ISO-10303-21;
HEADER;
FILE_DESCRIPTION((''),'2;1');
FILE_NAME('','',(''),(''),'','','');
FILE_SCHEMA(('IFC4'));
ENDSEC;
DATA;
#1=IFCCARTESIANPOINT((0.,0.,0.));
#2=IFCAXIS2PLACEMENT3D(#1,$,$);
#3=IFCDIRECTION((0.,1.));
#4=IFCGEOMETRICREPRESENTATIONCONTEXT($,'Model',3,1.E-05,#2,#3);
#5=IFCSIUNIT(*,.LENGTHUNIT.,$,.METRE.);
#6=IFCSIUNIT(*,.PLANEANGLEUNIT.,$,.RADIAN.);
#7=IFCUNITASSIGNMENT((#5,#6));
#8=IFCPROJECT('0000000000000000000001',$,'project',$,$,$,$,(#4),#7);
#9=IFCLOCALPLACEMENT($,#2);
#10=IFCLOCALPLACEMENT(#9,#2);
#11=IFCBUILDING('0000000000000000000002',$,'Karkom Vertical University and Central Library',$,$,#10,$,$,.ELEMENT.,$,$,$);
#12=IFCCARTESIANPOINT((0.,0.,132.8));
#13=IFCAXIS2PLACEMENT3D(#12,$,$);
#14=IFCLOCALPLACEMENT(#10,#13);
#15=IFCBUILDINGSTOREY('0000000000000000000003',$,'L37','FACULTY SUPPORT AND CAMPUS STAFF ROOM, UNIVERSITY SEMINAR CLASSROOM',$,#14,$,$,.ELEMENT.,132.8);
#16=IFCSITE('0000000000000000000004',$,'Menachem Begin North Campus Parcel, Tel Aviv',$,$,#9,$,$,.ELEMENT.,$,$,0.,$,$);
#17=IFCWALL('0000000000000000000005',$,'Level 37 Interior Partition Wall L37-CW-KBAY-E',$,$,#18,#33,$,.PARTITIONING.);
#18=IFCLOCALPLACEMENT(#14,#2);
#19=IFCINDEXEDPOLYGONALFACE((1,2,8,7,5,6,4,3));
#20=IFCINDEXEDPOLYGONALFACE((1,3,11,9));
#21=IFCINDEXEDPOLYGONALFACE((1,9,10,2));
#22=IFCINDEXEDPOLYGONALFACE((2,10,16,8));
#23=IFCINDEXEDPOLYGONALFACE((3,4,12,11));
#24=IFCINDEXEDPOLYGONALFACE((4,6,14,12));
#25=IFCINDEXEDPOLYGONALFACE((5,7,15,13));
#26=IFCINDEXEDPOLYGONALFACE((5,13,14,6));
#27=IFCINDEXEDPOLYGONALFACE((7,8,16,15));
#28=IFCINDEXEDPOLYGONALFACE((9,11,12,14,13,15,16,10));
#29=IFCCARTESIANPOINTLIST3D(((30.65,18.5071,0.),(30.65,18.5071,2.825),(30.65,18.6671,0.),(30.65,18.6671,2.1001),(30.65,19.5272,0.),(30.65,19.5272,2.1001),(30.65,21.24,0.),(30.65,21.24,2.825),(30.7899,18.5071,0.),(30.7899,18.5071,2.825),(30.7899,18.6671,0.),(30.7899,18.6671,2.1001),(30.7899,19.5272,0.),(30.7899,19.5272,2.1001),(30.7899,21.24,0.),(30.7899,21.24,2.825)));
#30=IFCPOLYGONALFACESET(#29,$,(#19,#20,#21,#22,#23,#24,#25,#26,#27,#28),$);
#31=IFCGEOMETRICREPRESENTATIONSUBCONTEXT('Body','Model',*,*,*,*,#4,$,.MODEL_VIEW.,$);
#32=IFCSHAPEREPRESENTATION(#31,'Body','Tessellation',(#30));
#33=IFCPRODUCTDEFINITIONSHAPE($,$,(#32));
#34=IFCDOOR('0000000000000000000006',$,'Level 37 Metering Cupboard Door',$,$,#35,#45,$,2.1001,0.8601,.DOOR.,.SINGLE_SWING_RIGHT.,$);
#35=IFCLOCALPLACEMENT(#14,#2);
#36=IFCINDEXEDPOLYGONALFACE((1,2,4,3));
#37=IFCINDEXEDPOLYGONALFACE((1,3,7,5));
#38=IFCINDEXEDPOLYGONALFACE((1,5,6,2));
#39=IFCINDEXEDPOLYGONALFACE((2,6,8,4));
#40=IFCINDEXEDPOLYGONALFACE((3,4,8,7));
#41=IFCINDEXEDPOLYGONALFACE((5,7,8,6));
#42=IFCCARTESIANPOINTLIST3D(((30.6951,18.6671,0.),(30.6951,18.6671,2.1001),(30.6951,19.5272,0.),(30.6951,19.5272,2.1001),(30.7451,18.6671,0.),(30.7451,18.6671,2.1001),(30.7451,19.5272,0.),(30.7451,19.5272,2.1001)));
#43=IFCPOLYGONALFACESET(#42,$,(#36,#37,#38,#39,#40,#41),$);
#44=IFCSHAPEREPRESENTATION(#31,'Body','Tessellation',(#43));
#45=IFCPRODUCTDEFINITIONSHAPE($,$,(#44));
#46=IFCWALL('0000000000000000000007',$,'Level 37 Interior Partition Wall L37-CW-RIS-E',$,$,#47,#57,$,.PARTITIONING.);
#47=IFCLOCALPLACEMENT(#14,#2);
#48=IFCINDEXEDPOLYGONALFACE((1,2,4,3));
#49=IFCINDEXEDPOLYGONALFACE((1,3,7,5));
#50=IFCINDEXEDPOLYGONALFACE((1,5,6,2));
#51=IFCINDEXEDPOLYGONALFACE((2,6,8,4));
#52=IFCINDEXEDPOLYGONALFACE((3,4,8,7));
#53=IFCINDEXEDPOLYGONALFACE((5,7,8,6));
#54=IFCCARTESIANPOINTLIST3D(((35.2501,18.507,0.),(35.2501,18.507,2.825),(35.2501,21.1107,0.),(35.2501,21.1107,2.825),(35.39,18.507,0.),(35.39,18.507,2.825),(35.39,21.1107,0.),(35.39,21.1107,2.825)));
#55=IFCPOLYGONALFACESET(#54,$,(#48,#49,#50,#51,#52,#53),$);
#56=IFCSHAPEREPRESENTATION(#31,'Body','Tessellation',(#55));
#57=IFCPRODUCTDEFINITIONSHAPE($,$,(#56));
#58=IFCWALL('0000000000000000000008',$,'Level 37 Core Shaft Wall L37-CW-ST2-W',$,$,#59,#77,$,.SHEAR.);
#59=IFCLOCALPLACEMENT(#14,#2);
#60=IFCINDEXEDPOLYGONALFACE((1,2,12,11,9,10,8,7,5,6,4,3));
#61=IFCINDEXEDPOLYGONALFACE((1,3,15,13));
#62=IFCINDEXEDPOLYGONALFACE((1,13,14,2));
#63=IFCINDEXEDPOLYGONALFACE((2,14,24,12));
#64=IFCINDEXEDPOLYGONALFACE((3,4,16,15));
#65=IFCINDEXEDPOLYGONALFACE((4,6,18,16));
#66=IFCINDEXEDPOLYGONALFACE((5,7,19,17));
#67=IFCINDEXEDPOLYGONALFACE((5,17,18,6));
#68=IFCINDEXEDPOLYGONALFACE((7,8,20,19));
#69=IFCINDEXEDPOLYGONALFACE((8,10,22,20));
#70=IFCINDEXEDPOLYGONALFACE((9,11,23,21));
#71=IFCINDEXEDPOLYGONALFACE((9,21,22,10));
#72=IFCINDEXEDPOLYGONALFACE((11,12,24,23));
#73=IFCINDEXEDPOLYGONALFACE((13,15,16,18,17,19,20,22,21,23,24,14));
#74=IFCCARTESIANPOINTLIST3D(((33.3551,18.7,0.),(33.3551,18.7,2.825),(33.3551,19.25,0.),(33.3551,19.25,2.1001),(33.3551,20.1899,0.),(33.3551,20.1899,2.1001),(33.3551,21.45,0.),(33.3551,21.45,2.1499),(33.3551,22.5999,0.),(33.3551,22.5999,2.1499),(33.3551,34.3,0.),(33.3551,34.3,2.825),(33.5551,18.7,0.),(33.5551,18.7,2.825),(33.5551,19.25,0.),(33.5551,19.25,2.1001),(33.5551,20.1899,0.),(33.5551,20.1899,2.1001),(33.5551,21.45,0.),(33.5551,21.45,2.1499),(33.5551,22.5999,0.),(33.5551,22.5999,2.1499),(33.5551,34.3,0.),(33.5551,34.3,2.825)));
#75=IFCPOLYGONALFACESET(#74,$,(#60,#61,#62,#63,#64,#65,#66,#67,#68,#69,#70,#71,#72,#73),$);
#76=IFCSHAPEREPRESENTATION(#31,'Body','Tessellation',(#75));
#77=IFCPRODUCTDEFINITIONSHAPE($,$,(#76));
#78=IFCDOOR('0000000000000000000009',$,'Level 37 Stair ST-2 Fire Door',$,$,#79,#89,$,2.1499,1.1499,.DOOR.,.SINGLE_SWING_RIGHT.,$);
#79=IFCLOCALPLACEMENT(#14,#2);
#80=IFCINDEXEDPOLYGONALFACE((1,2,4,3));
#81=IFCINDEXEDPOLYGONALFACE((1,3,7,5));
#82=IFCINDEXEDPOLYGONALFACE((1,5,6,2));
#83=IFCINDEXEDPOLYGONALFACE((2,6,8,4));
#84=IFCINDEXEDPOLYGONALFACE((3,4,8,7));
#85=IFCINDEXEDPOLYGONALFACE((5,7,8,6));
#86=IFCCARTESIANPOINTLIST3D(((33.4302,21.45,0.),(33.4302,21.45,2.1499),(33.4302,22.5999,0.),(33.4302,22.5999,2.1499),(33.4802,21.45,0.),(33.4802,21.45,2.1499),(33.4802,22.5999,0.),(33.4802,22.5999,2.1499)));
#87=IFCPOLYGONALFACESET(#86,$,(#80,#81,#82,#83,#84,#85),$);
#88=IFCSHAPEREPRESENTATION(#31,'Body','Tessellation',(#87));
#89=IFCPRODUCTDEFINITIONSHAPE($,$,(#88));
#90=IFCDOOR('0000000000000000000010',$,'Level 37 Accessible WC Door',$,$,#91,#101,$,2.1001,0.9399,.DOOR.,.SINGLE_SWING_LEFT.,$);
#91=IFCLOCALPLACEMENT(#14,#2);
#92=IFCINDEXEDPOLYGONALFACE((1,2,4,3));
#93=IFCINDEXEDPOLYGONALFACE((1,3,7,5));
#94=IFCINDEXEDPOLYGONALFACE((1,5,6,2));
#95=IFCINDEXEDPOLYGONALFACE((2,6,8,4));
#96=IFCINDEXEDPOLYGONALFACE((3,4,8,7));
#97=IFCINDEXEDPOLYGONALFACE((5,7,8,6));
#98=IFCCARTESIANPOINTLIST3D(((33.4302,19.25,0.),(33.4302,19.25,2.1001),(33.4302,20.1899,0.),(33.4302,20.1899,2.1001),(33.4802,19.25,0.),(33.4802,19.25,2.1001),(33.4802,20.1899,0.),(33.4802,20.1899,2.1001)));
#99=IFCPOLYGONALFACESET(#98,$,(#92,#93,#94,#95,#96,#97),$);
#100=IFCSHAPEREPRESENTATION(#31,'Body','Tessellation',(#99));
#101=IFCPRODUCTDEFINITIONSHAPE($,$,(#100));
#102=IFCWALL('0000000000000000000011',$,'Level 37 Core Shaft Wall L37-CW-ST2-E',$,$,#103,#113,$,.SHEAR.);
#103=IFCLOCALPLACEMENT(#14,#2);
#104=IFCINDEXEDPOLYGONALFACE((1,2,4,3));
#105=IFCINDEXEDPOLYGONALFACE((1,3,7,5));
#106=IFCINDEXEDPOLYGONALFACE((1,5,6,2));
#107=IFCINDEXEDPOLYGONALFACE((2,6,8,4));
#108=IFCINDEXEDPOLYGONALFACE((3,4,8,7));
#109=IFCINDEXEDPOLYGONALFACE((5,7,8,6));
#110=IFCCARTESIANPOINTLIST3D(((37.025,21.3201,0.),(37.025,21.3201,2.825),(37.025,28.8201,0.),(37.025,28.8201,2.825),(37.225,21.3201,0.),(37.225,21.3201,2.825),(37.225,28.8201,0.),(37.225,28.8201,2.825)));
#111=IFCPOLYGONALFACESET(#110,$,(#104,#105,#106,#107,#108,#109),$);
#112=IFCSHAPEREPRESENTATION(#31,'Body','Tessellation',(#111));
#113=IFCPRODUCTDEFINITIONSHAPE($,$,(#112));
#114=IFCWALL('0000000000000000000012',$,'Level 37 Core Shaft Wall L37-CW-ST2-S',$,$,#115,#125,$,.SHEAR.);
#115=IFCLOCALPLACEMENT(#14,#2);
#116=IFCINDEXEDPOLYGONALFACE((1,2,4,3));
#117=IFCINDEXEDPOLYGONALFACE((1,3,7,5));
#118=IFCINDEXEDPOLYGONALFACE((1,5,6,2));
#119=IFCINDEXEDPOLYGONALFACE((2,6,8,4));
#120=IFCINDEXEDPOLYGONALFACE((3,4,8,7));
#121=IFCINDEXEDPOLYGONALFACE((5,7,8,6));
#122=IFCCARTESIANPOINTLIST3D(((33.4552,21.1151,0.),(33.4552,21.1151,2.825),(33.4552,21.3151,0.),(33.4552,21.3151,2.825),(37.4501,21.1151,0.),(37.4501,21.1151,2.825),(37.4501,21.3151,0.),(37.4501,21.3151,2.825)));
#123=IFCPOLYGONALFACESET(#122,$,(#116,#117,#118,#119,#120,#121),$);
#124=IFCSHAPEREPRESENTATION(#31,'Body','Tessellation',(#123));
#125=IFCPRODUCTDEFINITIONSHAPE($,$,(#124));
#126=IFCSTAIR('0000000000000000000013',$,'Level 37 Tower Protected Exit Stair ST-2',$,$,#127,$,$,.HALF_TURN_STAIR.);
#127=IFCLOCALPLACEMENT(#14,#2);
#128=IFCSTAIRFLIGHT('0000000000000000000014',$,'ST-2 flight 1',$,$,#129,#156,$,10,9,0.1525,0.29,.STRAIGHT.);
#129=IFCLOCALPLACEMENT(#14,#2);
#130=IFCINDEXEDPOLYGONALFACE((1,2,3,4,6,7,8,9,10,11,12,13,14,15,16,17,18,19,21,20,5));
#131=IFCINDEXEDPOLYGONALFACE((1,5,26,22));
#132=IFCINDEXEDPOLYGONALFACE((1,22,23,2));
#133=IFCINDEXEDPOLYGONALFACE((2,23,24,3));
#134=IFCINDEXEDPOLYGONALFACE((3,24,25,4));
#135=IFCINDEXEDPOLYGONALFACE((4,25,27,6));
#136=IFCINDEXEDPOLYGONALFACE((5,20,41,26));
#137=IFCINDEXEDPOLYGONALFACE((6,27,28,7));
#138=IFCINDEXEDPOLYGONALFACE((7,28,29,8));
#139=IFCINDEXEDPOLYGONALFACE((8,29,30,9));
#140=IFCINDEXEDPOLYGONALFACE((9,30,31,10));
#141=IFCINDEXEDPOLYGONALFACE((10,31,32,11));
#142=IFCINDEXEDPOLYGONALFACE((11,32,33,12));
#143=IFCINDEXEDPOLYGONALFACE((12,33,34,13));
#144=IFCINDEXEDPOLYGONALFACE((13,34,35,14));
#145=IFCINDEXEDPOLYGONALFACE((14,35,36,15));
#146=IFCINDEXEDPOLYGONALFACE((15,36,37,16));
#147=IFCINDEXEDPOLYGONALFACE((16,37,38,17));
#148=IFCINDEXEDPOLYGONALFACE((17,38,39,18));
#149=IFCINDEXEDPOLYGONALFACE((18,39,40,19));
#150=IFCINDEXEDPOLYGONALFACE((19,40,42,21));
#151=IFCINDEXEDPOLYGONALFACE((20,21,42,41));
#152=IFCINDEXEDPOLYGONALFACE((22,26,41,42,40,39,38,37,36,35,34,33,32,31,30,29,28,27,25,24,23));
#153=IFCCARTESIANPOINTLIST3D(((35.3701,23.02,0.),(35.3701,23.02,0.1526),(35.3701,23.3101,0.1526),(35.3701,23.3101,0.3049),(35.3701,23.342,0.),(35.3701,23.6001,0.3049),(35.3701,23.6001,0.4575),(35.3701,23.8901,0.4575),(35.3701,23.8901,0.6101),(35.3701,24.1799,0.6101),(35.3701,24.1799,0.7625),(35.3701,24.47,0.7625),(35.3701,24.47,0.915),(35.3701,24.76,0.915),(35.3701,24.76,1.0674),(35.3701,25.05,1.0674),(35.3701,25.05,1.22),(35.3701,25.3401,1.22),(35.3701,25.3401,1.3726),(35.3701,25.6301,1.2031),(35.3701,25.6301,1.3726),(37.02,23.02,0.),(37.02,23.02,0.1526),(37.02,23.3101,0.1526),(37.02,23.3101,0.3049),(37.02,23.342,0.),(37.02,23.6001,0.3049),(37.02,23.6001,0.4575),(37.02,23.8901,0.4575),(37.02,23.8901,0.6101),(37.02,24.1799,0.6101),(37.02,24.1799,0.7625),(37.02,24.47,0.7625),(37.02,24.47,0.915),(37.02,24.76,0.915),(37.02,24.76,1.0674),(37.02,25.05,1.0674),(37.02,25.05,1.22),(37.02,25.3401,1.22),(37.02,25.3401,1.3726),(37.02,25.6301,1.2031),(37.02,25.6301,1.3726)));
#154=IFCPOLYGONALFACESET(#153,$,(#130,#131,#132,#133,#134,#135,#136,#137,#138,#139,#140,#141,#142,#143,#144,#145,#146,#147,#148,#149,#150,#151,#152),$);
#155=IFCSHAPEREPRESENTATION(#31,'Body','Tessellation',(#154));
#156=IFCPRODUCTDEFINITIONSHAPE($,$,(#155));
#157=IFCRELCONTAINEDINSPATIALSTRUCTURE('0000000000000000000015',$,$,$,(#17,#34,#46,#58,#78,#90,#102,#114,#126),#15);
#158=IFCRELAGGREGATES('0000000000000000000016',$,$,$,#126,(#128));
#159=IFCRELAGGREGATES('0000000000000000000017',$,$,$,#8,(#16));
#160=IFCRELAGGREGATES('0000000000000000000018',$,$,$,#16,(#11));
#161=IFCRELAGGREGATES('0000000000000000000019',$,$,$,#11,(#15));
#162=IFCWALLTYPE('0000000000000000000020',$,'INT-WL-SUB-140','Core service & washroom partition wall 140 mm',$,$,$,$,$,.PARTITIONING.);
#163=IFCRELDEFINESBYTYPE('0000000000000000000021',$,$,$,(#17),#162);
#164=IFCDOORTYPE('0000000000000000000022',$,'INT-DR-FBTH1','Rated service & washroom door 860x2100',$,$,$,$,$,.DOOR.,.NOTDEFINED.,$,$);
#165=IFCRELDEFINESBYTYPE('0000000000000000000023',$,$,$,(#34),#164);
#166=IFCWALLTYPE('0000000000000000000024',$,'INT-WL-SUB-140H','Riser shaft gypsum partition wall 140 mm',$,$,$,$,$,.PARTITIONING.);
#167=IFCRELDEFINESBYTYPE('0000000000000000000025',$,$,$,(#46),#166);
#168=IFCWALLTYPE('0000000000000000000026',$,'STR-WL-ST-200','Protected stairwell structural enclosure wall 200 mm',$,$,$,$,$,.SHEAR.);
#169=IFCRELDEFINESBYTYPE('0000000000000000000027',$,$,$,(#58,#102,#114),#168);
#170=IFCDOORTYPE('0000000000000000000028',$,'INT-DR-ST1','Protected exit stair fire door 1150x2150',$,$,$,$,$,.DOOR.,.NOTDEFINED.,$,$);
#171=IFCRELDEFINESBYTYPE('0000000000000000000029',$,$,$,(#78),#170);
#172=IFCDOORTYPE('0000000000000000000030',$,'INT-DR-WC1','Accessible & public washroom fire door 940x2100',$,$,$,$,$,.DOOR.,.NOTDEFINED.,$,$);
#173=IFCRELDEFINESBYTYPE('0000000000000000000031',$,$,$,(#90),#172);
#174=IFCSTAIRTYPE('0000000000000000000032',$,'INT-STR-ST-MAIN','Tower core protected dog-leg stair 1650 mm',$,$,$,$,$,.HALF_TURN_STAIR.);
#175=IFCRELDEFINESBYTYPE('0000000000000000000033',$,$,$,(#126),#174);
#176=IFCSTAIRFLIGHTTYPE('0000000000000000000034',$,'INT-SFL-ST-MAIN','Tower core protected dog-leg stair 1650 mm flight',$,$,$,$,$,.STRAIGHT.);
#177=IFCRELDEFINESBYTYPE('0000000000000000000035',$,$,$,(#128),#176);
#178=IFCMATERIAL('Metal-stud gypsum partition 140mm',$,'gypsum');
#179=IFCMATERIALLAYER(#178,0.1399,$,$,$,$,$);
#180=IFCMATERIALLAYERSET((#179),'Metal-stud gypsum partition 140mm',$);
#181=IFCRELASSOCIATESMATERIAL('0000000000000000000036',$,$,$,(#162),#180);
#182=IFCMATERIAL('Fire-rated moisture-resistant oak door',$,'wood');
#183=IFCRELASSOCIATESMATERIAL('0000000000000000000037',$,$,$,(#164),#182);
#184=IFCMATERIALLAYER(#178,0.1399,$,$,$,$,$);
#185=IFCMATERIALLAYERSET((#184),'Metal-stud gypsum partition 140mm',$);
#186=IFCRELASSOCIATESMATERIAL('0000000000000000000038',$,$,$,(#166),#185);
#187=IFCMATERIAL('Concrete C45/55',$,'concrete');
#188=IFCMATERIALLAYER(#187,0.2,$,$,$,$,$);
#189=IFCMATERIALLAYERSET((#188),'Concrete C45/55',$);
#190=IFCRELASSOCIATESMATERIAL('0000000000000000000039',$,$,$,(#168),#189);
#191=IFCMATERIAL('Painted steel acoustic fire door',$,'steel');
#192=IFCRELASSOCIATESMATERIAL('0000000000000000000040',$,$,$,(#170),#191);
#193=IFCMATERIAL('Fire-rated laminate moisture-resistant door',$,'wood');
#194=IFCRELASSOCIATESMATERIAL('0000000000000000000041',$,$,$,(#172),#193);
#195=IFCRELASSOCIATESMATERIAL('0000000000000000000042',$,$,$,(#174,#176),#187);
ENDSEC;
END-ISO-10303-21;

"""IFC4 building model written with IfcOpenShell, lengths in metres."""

from ifc_helpers import new_model, si_unit, direction, frame, frame_2d, origin, origin_with_axes, place, context, subcontext, project, spatial, polyline, rectangle, outline, extrude, source, transform, mapped, material, layer, layer_set, type_object, element, fill, aggregate, save


model = new_model("IFC4")

# Units and contexts
model_context = context("Model", 3, precision=1e-05, world=origin(), true_north=direction((0.0, 1.0)))
body_context = subcontext(model_context, "Body", "Model", "MODEL_VIEW")
ifc_project = project(units=[si_unit("LENGTHUNIT", "METRE"), si_unit("PLANEANGLEUNIT", "RADIAN")], contexts=[model_context])

# Site, building, storey
site_placement = place(None, origin())
site = spatial("IfcSite", under=ifc_project, at=site_placement, Name="Menachem Begin North Campus Parcel, Tel Aviv", CompositionType="ELEMENT", RefElevation=0.0)
building_placement = place(site_placement, origin())
building = spatial("IfcBuilding", under=site, at=building_placement, Name="Karkom Vertical University and Central Library", CompositionType="ELEMENT")
storey_placement = place(building_placement, frame((0.0, 0.0, 132.8)))
storey = spatial("IfcBuildingStorey", under=building, at=storey_placement, Name="L37", Description="FACULTY SUPPORT AND CAMPUS STAFF ROOM, UNIVERSITY SEMINAR CLASSROOM", CompositionType="ELEMENT", Elevation=132.8)

# Shared definitions
ifc_material_1 = material(Name="Metal-stud gypsum partition 140mm", Category="gypsum")
ifc_layer_1 = layer(ifc_material_1, 0.1399)
ifc_layer_set_1 = layer_set([ifc_layer_1], Name="Metal-stud gypsum partition 140mm")
wall_type_1 = type_object("IfcWallType", Name="INT-WL-SUB-140", Description="Core service & washroom partition wall 140 mm", PredefinedType="PARTITIONING", material=ifc_layer_set_1)

# Wall, opening, door
wall_1_placement = place(storey_placement, frame((30.72, 18.5071, 0.0), z_axis=(0.0, 0.0, 1.0), x_axis=(0.0, 1.0, 0.0)))
wall_1 = element("IfcWall", 1, at=wall_1_placement, inside=storey, type_object=wall_type_1, Name="Level 37 Interior Partition Wall L37-CW-KBAY-E", PredefinedType="PARTITIONING", context=body_context, shape_type="SweptSolid", body=[
    extrude(rectangle(XDim=2.7329, YDim=0.1399, at=frame_2d((1.3665, 0.0))), origin(), (0.0, 0.0, 1.0), 2.825),
])
opening_1_placement = place(wall_1_placement, frame((0.1599, 0.0, 0.0)))
opening_1 = element("IfcOpeningElement", 2, at=opening_1_placement, cuts=wall_1, PredefinedType="OPENING", context=body_context, shape_type="SweptSolid", body=[
    extrude(rectangle(XDim=0.8601, YDim=2.1001, at=frame_2d((0.4302, 1.05))), frame((0.0, 0.0801, 0.0), z_axis=(0.0, -1.0, 0.0), x_axis=(1.0, 0.0, 0.0)), (0.0, 0.0, 1.0), 0.1599),
])
ifc_material_2 = material(Name="Fire-rated moisture-resistant oak door", Category="wood")
door_type_1 = type_object("IfcDoorType", Name="INT-DR-FBTH1", Description="Rated service & washroom door 860x2100", OperationType="NOTDEFINED", PredefinedType="DOOR", material=ifc_material_2)
shared_shape_1 = source(origin_with_axes(), body_context, "Body", "SweptSolid", [
    extrude(rectangle(XDim=0.8601, YDim=2.1001, at=frame_2d((0.4302, 1.05))), frame((0.0, 0.0249, 0.0), z_axis=(0.0, -1.0, 0.0), x_axis=(1.0, 0.0, 0.0)), (0.0, 0.0, 1.0), 0.05),
])
door_1_placement = place(opening_1_placement, origin())
door_1 = element("IfcDoor", 3, at=door_1_placement, inside=storey, type_object=door_type_1, Name="Level 37 Metering Cupboard Door", OperationType="SINGLE_SWING_RIGHT", OverallHeight=2.1001, OverallWidth=0.8601, PredefinedType="DOOR", context=body_context, shape_type="MappedRepresentation", body=[
    mapped(shared_shape_1, transform((0.0, 0.0, 0.0), scale=1.0)),
])
fill(opening_1, door_1)

# Wall
ifc_layer_2 = layer(ifc_material_1, 0.1399)
ifc_layer_set_2 = layer_set([ifc_layer_2], Name="Metal-stud gypsum partition 140mm")
wall_type_2 = type_object("IfcWallType", Name="INT-WL-SUB-140H", Description="Riser shaft gypsum partition wall 140 mm", PredefinedType="PARTITIONING", material=ifc_layer_set_2)
wall_2_placement = place(storey_placement, frame((35.3201, 18.5071, 0.0), z_axis=(0.0, 0.0, 1.0), x_axis=(0.0, 1.0, 0.0)))
element("IfcWall", 4, at=wall_2_placement, inside=storey, type_object=wall_type_2, Name="Level 37 Interior Partition Wall L37-CW-RIS-E", PredefinedType="PARTITIONING", context=body_context, shape_type="SweptSolid", body=[
    extrude(rectangle(XDim=2.6038, YDim=0.1399, at=frame_2d((1.3018, 0.0))), origin(), (0.0, 0.0, 1.0), 2.825),
])

# Wall, openings, doors
ifc_material_3 = material(Name="Concrete C45/55", Category="concrete")
ifc_layer_3 = layer(ifc_material_3, 0.2)
ifc_layer_set_3 = layer_set([ifc_layer_3], Name="Concrete C45/55")
wall_type_3 = type_object("IfcWallType", Name="STR-WL-ST-200", Description="Protected stairwell structural enclosure wall 200 mm", PredefinedType="SHEAR", material=ifc_layer_set_3)
wall_3_placement = place(storey_placement, frame((33.4551, 18.7, 0.0), z_axis=(0.0, 0.0, 1.0), x_axis=(0.0, 1.0, 0.0)))
wall_3 = element("IfcWall", 5, at=wall_3_placement, inside=storey, type_object=wall_type_3, Name="Level 37 Core Shaft Wall L37-CW-ST2-W", PredefinedType="SHEAR", context=body_context, shape_type="SweptSolid", body=[
    extrude(rectangle(XDim=15.6001, YDim=0.2, at=frame_2d((7.8, 0.0))), origin(), (0.0, 0.0, 1.0), 2.825),
])
opening_2_placement = place(wall_3_placement, frame((2.75, 0.0, 0.0)))
opening_2 = element("IfcOpeningElement", 6, at=opening_2_placement, cuts=wall_3, PredefinedType="OPENING", context=body_context, shape_type="SweptSolid", body=[
    extrude(rectangle(XDim=1.1499, YDim=2.1499, at=frame_2d((0.575, 1.075))), frame((0.0, 0.1099, 0.0), z_axis=(0.0, -1.0, 0.0), x_axis=(1.0, 0.0, 0.0)), (0.0, 0.0, 1.0), 0.22),
])
opening_3_placement = place(wall_3_placement, frame((0.55, 0.0, 0.0)))
opening_3 = element("IfcOpeningElement", 7, at=opening_3_placement, cuts=wall_3, PredefinedType="OPENING", context=body_context, shape_type="SweptSolid", body=[
    extrude(rectangle(XDim=0.9399, YDim=2.1001, at=frame_2d((0.47, 1.05))), frame((0.0, 0.1099, 0.0), z_axis=(0.0, -1.0, 0.0), x_axis=(1.0, 0.0, 0.0)), (0.0, 0.0, 1.0), 0.22),
])
ifc_material_4 = material(Name="Painted steel acoustic fire door", Category="steel")
door_type_2 = type_object("IfcDoorType", Name="INT-DR-ST1", Description="Protected exit stair fire door 1150x2150", OperationType="NOTDEFINED", PredefinedType="DOOR", material=ifc_material_4)
shared_shape_2 = source(origin_with_axes(), body_context, "Body", "SweptSolid", [
    extrude(rectangle(XDim=1.1499, YDim=2.1499, at=frame_2d((0.575, 1.075))), frame((0.0, 0.0249, 0.0), z_axis=(0.0, -1.0, 0.0), x_axis=(1.0, 0.0, 0.0)), (0.0, 0.0, 1.0), 0.05),
])
door_2_placement = place(opening_2_placement, origin())
door_2 = element("IfcDoor", 8, at=door_2_placement, inside=storey, type_object=door_type_2, Name="Level 37 Stair ST-2 Fire Door", OperationType="SINGLE_SWING_RIGHT", OverallHeight=2.1499, OverallWidth=1.1499, PredefinedType="DOOR", context=body_context, shape_type="MappedRepresentation", body=[
    mapped(shared_shape_2, transform((0.0, 0.0, 0.0), scale=1.0)),
])
fill(opening_2, door_2)
ifc_material_5 = material(Name="Fire-rated laminate moisture-resistant door", Category="wood")
door_type_3 = type_object("IfcDoorType", Name="INT-DR-WC1", Description="Accessible & public washroom fire door 940x2100", OperationType="NOTDEFINED", PredefinedType="DOOR", material=ifc_material_5)
shared_shape_3 = source(origin_with_axes(), body_context, "Body", "SweptSolid", [
    extrude(rectangle(XDim=0.9399, YDim=2.1001, at=frame_2d((0.47, 1.05))), frame((0.0, 0.0249, 0.0), z_axis=(0.0, -1.0, 0.0), x_axis=(1.0, 0.0, 0.0)), (0.0, 0.0, 1.0), 0.05),
])
door_3_placement = place(opening_3_placement, origin())
door_3 = element("IfcDoor", 9, at=door_3_placement, inside=storey, type_object=door_type_3, Name="Level 37 Accessible WC Door", OperationType="SINGLE_SWING_LEFT", OverallHeight=2.1001, OverallWidth=0.9399, PredefinedType="DOOR", context=body_context, shape_type="MappedRepresentation", body=[
    mapped(shared_shape_3, transform((0.0, 0.0, 0.0), scale=1.0)),
])
fill(opening_3, door_3)

# Walls
wall_4_placement = place(storey_placement, frame((37.125, 21.3201, 0.0), z_axis=(0.0, 0.0, 1.0), x_axis=(0.0, 1.0, 0.0)))
element("IfcWall", 10, at=wall_4_placement, inside=storey, type_object=wall_type_3, Name="Level 37 Core Shaft Wall L37-CW-ST2-E", PredefinedType="SHEAR", context=body_context, shape_type="SweptSolid", body=[
    extrude(rectangle(XDim=7.5, YDim=0.2, at=frame_2d((3.75, 0.0))), origin(), (0.0, 0.0, 1.0), 2.825),
])
wall_5_placement = place(storey_placement, frame((33.4551, 21.2151, 0.0), z_axis=(0.0, 0.0, 1.0), x_axis=(1.0, 0.0, 0.0)))
element("IfcWall", 11, at=wall_5_placement, inside=storey, type_object=wall_type_3, Name="Level 37 Core Shaft Wall L37-CW-ST2-S", PredefinedType="SHEAR", context=body_context, shape_type="SweptSolid", body=[
    extrude(rectangle(XDim=3.9949, YDim=0.2, at=frame_2d((1.9976, 0.0))), origin(), (0.0, 0.0, 1.0), 2.825),
])

# Stair, stair flight
stair_type = type_object("IfcStairType", Name="INT-STR-ST-MAIN", Description="Tower core protected dog-leg stair 1650 mm", PredefinedType="HALF_TURN_STAIR", material=ifc_material_3)
stair_placement = place(storey_placement, origin())
stair = element("IfcStair", 12, at=stair_placement, inside=storey, type_object=stair_type, Name="Level 37 Tower Protected Exit Stair ST-2", PredefinedType="HALF_TURN_STAIR")
stair_flight_type = type_object("IfcStairFlightType", Name="INT-SFL-ST-MAIN", Description="Tower core protected dog-leg stair 1650 mm flight", PredefinedType="STRAIGHT", material=ifc_material_3)
stair_flight_placement = place(storey_placement, frame((36.1951, 23.02, 0.0), z_axis=(0.0, 0.0, 1.0), x_axis=(0.0, 1.0, 0.0)))
stair_flight = element("IfcStairFlight", 13, at=stair_flight_placement, type_object=stair_flight_type, Name="ST-2 flight 1", NumberOfRisers=10, NumberOfTreads=9, PredefinedType="STRAIGHT", RiserHeight=0.1525, TreadLength=0.29, context=body_context, shape_type="SweptSolid", body=[
    extrude(outline(polyline([(0.0, 0.0), (0.0, 0.1526), (0.29, 0.1526), (0.29, 0.3049), (0.5801, 0.3049), (0.5801, 0.4575), (0.8701, 0.4575), (0.8701, 0.6101), (1.1599, 0.6101), (1.1599, 0.7625), (1.45, 0.7625), (1.45, 0.915), (1.74, 0.915), (1.74, 1.0674), (2.03, 1.0674), (2.03, 1.22), (2.3201, 1.22), (2.3201, 1.3726), (2.6101, 1.3726), (2.6101, 1.5249), (2.6101, 1.2031), (0.322, 0.0), (0.0, 0.0)])), frame((0.0, 0.825, 0.0), z_axis=(0.0, -1.0, 0.0), x_axis=(1.0, 0.0, 0.0)), (0.0, 0.0, 1.0), 1.6499),
])
aggregate(stair, [stair_flight])

save(model, "model.ifc")
